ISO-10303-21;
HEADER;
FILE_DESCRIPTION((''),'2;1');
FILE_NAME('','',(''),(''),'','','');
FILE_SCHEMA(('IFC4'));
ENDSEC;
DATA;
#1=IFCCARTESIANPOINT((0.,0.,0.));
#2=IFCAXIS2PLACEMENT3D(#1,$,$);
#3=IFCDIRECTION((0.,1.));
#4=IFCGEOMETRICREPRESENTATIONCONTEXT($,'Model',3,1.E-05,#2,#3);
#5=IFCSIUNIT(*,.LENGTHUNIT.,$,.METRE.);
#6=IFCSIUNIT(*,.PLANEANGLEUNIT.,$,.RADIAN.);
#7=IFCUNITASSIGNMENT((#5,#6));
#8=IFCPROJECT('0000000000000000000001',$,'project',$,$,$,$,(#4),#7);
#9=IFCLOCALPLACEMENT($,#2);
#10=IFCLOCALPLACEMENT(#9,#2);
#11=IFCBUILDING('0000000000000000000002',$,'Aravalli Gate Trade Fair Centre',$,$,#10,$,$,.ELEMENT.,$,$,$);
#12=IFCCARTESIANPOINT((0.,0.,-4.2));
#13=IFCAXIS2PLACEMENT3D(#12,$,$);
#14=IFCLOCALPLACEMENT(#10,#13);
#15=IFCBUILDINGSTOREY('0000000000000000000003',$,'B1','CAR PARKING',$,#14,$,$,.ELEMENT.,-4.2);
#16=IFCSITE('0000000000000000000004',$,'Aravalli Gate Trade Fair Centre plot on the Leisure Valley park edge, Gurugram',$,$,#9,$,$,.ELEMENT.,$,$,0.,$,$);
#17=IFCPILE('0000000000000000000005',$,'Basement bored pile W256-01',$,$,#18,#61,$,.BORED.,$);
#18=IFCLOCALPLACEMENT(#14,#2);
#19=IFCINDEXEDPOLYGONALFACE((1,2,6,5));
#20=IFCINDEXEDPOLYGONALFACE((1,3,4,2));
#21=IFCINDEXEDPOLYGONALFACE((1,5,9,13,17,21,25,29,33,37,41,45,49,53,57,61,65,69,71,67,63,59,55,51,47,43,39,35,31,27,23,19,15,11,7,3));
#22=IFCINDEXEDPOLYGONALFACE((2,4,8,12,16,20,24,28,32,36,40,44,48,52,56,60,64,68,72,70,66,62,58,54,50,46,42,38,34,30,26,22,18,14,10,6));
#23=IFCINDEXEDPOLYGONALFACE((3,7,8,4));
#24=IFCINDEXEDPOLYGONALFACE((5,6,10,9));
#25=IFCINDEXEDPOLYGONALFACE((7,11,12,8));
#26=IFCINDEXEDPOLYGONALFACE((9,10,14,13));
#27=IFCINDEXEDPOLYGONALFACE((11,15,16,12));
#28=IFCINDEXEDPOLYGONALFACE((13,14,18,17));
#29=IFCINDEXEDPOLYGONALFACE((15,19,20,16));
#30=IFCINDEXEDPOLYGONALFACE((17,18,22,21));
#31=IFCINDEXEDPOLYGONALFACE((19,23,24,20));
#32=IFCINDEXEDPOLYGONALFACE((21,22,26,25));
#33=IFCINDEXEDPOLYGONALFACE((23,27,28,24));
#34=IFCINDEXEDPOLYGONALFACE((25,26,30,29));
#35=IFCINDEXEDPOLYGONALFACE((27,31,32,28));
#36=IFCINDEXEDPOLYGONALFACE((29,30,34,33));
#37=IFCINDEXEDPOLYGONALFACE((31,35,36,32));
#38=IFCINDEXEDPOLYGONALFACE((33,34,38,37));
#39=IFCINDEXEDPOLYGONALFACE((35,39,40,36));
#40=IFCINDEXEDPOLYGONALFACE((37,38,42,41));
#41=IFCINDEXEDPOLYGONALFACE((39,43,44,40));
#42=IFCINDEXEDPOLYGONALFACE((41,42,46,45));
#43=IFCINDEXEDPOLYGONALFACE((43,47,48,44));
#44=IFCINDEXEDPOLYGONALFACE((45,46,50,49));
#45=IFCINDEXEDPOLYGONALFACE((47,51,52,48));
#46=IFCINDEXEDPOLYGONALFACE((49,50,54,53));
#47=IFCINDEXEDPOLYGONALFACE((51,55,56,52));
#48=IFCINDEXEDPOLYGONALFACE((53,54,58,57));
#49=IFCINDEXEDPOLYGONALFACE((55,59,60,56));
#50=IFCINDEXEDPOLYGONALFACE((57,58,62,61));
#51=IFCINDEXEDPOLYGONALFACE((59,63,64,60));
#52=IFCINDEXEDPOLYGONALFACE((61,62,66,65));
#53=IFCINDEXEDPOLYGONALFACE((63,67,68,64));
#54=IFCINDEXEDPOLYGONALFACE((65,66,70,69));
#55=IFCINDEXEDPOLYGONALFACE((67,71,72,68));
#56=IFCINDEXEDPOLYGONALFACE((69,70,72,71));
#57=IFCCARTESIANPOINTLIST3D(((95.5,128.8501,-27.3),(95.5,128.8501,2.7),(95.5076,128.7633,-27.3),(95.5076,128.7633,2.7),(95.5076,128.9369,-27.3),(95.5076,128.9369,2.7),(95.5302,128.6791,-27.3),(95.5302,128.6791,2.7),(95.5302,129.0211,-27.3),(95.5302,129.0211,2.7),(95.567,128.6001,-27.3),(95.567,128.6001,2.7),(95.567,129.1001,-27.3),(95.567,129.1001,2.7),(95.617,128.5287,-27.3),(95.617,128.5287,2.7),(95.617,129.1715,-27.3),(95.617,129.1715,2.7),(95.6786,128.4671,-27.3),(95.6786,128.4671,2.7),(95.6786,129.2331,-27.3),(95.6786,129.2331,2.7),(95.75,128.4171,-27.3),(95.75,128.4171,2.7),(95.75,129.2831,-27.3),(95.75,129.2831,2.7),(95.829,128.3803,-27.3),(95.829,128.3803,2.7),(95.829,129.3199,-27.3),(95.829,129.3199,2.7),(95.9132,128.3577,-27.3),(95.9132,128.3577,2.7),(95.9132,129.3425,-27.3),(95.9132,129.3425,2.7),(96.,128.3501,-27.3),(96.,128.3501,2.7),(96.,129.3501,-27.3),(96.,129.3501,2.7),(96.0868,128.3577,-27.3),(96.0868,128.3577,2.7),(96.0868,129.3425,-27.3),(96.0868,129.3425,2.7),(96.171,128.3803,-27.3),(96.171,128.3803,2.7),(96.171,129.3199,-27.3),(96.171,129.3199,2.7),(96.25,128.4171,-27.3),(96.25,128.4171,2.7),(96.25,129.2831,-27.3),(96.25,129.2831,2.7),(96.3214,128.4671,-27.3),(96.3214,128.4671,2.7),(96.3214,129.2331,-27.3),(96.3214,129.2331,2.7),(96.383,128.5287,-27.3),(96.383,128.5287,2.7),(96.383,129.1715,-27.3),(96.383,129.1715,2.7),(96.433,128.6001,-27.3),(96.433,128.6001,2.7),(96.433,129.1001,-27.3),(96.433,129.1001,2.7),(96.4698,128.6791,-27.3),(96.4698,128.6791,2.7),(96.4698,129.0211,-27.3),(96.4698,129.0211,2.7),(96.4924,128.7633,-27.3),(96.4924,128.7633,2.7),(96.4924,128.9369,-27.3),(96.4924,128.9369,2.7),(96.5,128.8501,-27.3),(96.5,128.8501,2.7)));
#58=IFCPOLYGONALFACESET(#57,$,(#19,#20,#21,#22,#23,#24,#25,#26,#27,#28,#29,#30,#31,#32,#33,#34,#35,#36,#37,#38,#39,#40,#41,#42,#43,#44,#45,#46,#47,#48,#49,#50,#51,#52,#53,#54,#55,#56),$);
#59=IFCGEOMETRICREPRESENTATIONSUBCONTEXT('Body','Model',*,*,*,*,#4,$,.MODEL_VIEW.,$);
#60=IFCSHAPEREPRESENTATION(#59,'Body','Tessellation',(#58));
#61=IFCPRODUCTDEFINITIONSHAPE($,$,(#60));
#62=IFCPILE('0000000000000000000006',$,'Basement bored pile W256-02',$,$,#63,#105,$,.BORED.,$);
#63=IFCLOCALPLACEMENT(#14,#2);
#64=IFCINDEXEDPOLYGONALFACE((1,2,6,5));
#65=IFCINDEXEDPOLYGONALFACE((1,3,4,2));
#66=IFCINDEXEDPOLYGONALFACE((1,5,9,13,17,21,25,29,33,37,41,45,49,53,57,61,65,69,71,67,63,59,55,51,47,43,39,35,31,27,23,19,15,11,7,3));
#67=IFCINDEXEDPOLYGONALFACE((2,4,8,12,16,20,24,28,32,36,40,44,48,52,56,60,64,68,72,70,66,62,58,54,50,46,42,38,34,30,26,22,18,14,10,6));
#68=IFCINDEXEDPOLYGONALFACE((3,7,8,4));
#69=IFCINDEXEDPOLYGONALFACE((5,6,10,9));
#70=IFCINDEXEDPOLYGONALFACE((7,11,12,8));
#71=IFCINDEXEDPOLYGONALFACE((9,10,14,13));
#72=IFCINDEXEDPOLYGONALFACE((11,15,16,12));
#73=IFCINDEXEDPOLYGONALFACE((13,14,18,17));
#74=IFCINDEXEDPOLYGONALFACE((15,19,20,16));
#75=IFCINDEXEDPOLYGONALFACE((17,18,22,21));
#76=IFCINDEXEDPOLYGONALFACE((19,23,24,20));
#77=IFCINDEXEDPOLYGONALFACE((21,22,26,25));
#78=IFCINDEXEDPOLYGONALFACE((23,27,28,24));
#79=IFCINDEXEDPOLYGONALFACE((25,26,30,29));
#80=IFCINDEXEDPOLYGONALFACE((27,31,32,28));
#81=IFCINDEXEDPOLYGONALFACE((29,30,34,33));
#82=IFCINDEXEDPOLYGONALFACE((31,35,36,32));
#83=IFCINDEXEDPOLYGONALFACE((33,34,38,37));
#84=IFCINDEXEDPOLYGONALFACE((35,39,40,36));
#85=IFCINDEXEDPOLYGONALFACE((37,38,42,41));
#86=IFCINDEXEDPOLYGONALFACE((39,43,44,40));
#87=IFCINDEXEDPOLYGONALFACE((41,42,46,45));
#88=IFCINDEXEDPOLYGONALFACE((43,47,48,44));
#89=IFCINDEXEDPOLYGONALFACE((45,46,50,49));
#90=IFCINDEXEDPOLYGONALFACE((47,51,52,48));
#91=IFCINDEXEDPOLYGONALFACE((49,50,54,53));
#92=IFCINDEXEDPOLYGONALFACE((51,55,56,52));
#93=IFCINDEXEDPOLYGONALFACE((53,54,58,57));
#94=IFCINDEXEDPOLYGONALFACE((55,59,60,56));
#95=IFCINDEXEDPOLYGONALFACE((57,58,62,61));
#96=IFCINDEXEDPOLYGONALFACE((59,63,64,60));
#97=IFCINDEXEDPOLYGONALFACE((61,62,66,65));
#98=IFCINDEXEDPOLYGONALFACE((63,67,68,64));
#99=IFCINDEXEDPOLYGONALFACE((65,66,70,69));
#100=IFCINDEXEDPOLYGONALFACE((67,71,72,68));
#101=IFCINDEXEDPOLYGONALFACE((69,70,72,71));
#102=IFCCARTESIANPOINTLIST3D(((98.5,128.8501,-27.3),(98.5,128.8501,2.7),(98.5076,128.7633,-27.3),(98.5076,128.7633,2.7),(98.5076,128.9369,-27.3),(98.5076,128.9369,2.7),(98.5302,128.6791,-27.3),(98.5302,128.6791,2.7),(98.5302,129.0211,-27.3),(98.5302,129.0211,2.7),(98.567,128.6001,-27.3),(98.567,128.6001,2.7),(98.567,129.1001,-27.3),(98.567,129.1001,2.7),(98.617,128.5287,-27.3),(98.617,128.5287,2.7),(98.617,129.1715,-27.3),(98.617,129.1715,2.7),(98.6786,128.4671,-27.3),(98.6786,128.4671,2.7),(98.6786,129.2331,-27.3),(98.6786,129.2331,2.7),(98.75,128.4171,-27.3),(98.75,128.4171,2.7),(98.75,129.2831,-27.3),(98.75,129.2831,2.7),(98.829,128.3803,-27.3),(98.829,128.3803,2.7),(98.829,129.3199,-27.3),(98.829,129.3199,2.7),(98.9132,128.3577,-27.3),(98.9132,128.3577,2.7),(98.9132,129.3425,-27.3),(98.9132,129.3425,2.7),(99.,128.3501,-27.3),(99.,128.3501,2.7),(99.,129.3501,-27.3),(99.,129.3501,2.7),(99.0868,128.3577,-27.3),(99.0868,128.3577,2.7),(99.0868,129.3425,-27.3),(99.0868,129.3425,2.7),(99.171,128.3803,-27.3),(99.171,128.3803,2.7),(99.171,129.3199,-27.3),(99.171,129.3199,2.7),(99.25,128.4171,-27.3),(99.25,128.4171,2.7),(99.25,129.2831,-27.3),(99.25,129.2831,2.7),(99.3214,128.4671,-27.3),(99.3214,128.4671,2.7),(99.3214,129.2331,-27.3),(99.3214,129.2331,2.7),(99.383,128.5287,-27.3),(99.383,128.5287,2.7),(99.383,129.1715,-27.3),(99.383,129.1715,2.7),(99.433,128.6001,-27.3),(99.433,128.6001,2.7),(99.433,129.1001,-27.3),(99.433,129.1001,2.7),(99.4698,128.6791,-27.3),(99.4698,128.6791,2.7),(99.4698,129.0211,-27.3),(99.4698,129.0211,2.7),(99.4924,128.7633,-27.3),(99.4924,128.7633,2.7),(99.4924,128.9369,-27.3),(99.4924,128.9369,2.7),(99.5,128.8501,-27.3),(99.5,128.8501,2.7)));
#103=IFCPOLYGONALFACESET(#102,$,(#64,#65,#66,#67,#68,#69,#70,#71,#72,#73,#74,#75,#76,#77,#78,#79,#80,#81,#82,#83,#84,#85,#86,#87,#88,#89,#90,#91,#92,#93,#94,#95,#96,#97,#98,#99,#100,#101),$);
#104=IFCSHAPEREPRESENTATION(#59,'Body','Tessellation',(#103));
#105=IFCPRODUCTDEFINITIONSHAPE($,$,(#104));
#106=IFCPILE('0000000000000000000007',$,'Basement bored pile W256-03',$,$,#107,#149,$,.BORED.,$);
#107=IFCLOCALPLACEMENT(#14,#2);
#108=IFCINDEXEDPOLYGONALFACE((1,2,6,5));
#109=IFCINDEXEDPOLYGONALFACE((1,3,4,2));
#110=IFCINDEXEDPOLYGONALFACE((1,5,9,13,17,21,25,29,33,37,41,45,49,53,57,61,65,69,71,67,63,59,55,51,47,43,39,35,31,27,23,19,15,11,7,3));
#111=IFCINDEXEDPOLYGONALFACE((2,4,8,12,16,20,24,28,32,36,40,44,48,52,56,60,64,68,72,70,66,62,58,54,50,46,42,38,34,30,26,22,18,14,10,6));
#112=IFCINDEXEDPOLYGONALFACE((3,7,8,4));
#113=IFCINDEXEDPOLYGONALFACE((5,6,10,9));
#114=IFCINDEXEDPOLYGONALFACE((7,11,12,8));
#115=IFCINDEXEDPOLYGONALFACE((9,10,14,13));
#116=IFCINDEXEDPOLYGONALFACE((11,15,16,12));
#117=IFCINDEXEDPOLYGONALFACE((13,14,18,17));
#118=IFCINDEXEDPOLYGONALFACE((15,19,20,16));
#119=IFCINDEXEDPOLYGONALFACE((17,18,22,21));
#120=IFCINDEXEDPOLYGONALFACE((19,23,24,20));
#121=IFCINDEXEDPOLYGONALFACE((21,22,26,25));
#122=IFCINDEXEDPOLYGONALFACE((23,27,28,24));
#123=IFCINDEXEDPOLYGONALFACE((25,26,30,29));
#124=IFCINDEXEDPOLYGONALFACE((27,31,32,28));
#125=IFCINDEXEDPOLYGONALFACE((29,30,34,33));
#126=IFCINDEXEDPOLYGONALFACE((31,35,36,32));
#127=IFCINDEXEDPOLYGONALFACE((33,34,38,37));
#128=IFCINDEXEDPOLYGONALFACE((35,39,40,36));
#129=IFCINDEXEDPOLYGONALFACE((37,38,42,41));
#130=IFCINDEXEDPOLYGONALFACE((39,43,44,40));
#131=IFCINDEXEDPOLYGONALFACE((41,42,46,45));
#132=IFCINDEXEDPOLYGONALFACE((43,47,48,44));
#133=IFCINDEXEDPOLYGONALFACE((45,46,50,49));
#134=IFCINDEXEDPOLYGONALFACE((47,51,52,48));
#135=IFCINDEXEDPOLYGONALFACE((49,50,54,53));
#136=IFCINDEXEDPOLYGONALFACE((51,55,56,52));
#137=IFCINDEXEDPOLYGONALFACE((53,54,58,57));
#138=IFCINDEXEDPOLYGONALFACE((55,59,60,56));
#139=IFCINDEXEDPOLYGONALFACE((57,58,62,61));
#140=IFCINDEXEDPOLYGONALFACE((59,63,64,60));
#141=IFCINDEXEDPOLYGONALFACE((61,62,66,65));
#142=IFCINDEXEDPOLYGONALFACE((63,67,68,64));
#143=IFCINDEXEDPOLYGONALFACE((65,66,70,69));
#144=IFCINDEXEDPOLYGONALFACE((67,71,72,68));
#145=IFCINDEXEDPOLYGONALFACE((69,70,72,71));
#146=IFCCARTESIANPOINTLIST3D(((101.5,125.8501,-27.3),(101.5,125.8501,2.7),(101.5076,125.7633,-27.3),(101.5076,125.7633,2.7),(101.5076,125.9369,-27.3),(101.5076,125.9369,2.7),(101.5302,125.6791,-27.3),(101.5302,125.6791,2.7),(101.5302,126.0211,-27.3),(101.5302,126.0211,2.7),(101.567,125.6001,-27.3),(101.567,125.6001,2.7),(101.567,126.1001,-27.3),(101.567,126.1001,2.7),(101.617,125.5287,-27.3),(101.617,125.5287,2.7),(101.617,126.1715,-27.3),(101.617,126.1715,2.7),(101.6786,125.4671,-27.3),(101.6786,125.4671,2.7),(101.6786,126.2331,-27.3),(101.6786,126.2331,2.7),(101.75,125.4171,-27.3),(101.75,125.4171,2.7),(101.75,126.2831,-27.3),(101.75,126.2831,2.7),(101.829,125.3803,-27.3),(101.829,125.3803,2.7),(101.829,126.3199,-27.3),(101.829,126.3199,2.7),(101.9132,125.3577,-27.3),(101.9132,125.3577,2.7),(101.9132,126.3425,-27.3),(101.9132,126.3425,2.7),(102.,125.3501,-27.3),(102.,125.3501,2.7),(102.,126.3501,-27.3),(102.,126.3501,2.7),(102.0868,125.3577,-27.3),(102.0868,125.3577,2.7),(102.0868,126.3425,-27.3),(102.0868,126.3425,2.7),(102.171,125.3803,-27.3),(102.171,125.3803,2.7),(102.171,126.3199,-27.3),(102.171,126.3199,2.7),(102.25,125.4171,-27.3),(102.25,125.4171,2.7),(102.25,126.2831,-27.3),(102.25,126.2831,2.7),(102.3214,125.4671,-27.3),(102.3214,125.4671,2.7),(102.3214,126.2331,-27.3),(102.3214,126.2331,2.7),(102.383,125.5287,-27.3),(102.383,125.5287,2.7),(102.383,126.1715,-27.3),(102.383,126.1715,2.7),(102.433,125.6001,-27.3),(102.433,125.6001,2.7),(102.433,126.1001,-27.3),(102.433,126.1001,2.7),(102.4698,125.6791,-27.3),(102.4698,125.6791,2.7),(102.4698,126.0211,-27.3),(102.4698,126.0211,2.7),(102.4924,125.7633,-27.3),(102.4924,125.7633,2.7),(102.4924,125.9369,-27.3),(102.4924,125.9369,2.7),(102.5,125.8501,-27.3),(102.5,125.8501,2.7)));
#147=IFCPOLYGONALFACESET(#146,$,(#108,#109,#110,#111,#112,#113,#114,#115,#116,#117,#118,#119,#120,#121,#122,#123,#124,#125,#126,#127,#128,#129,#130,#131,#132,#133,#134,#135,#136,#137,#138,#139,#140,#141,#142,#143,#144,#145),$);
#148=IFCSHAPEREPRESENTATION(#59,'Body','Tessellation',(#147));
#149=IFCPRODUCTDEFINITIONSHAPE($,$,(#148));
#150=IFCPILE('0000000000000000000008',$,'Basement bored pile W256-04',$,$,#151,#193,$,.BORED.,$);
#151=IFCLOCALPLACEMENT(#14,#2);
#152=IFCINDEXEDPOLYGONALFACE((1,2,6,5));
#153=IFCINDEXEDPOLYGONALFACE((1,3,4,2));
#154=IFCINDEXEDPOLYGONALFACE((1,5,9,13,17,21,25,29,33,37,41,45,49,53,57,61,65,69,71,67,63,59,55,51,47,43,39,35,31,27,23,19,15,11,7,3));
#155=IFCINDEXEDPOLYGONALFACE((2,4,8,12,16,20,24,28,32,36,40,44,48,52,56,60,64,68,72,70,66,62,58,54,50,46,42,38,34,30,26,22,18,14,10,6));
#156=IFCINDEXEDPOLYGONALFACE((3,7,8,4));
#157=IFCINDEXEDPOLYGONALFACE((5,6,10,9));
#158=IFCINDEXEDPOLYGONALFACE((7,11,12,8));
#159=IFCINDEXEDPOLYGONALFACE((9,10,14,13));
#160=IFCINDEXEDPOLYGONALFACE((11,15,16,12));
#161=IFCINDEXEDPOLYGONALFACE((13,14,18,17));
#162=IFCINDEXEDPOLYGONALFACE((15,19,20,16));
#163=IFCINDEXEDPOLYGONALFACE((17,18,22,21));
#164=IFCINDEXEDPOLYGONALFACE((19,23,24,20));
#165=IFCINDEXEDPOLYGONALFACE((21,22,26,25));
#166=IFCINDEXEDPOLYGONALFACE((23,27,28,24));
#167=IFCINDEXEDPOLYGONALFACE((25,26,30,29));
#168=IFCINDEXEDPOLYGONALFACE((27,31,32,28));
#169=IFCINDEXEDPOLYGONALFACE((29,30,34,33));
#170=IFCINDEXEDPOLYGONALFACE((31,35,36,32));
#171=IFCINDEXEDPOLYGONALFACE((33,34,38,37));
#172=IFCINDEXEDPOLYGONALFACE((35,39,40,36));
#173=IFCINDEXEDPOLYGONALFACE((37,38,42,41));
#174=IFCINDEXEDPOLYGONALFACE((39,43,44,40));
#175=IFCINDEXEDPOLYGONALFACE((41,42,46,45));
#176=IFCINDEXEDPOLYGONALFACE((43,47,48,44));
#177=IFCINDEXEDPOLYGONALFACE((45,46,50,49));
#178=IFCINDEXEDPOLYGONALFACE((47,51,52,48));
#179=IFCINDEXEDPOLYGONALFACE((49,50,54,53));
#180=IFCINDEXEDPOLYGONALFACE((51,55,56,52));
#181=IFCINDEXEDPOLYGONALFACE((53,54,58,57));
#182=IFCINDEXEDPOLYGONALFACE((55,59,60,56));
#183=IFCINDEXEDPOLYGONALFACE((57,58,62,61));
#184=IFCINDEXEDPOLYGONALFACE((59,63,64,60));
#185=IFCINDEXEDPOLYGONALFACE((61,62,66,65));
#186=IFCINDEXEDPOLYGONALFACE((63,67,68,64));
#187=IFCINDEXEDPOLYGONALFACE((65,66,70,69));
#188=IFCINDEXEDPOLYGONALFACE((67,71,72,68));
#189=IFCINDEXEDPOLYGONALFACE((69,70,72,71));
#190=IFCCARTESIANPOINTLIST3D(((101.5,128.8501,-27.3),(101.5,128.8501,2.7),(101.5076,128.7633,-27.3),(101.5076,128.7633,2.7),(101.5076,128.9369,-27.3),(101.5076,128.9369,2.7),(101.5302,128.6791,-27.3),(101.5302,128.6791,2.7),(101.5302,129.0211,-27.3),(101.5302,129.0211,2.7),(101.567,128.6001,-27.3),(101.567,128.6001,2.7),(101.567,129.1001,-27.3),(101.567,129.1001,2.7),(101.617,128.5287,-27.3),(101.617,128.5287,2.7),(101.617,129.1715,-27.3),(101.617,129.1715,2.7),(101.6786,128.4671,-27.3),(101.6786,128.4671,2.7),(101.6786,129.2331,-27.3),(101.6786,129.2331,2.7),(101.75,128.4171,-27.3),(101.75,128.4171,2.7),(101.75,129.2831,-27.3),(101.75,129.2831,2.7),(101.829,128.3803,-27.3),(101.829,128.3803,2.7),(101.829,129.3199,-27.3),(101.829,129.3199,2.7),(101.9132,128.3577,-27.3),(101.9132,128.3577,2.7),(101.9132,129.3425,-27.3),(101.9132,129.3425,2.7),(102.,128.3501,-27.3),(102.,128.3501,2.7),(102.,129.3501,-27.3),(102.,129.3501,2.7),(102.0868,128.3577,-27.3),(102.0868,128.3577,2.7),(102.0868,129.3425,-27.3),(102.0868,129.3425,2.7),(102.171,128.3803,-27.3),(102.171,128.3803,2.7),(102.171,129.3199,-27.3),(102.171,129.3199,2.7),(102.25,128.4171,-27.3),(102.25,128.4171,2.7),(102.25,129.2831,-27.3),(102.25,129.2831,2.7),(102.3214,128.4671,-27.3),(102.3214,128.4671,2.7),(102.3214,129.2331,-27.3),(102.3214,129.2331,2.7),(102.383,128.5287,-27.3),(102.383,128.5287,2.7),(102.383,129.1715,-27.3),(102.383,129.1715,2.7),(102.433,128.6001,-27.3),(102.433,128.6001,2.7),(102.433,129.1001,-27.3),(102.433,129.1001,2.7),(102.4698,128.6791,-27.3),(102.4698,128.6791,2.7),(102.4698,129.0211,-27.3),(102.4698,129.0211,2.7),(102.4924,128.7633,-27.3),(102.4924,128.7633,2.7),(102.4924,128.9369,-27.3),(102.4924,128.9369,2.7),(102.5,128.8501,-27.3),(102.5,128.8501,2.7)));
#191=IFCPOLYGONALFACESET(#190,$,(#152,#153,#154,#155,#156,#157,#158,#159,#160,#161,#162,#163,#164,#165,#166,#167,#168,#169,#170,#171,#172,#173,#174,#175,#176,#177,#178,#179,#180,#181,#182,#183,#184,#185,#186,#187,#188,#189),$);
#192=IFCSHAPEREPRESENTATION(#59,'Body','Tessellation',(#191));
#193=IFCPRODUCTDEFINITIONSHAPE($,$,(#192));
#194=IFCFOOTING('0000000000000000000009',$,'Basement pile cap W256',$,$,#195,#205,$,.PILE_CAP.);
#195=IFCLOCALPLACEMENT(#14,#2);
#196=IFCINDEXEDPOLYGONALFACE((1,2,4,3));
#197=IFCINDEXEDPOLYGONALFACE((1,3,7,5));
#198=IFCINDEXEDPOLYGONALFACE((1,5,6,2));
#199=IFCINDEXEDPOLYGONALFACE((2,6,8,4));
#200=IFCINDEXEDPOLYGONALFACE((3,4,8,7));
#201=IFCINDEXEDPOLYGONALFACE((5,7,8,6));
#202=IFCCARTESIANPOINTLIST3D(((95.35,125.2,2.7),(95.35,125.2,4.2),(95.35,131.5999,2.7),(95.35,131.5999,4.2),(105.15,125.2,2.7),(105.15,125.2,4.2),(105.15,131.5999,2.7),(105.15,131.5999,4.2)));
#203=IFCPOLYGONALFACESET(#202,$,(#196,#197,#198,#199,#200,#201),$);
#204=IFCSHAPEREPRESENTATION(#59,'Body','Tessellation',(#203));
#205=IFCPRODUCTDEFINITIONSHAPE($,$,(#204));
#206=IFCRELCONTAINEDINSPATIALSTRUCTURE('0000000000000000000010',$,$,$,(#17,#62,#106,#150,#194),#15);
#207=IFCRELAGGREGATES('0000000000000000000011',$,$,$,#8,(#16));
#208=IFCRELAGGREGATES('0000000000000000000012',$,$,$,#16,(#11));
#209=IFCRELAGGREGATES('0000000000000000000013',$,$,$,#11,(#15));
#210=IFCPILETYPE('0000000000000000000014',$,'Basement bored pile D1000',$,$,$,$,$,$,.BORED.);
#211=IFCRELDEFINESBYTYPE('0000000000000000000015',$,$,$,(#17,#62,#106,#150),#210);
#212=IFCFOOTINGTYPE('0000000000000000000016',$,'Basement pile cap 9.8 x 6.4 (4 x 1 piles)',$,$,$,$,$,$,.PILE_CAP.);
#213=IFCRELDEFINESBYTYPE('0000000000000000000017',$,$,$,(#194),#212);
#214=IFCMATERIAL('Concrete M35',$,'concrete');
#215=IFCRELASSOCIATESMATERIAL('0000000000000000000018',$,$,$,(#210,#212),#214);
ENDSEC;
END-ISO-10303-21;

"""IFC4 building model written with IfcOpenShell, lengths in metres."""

from ifc_helpers import new_model, si_unit, direction, frame, origin, origin_2d, place, context, subcontext, project, spatial, rectangle, circle, extrude, material, material_profile, profile_set, type_object, element, save


model = new_model("IFC4")

# Units and contexts
model_context = context("Model", 3, precision=1e-05, world=origin(), true_north=direction((0.0, 1.0)))
body_context = subcontext(model_context, "Body", "Model", "MODEL_VIEW")
ifc_project = project(units=[si_unit("LENGTHUNIT", "METRE"), si_unit("PLANEANGLEUNIT", "RADIAN")], contexts=[model_context])

# Site, building, storey
site_placement = place(None, origin())
site = spatial("IfcSite", under=ifc_project, at=site_placement, Name="Aravalli Gate Trade Fair Centre plot on the Leisure Valley park edge, Gurugram", CompositionType="ELEMENT", RefElevation=0.0)
building_placement = place(site_placement, origin())
building = spatial("IfcBuilding", under=site, at=building_placement, Name="Aravalli Gate Trade Fair Centre", CompositionType="ELEMENT")
storey_placement = place(building_placement, frame((0.0, 0.0, -4.2)))
storey = spatial("IfcBuildingStorey", under=building, at=storey_placement, Name="B1", Description="CAR PARKING", CompositionType="ELEMENT", Elevation=-4.2)

# Piles
ifc_material_1 = material(Name="Concrete M35", Category="concrete")
ifc_material_profile_1 = material_profile(ifc_material_1, circle(Radius=0.5, at=origin_2d()), Name="D1000")
ifc_profile_set_1 = profile_set([ifc_material_profile_1], Name="Concrete M35")
pile_type = type_object("IfcPileType", Name="Basement bored pile D1000", PredefinedType="BORED", material=ifc_profile_set_1)
for number, where, z_axis, x_axis, name in (
    (1, (96.0, 128.8501, 2.7), (0.0, 0.0, -1.0), (1.0, 0.0, 0.0), "Basement bored pile W256-01"),
    (2, (99.0, 128.8501, 2.7), (0.0, 0.0, -1.0), (1.0, 0.0, 0.0), "Basement bored pile W256-02"),
    (3, (102.0, 125.8501, 2.7), (0.0, 0.0, -1.0), (1.0, 0.0, 0.0), "Basement bored pile W256-03"),
    (4, (102.0, 128.8501, 2.7), (0.0, 0.0, -1.0), (1.0, 0.0, 0.0), "Basement bored pile W256-04"),
):
    element("IfcPile", number, at=place(storey_placement, frame(where, z_axis=z_axis, x_axis=x_axis)), inside=storey, type_object=pile_type, Name=name, PredefinedType="BORED", context=body_context, shape_type="SweptSolid", body=[
        extrude(circle(Radius=0.5, at=origin_2d()), origin(), (0.0, 0.0, 1.0), 30.0),
    ])

# Footing
footing_type = type_object("IfcFootingType", Name="Basement pile cap 9.8 x 6.4 (4 x 1 piles)", PredefinedType="PILE_CAP", material=ifc_material_1)
footing_placement = place(storey_placement, frame((100.25, 128.3999, 2.7), z_axis=(0.0, 0.0, 1.0), x_axis=(1.0, 0.0, 0.0)))
element("IfcFooting", 5, at=footing_placement, inside=storey, type_object=footing_type, Name="Basement pile cap W256", PredefinedType="PILE_CAP", context=body_context, shape_type="SweptSolid", body=[
    extrude(rectangle(XDim=9.8, YDim=6.3999, at=origin_2d()), origin(), (0.0, 0.0, 1.0), 1.5),
])

save(model, "model.ifc")
